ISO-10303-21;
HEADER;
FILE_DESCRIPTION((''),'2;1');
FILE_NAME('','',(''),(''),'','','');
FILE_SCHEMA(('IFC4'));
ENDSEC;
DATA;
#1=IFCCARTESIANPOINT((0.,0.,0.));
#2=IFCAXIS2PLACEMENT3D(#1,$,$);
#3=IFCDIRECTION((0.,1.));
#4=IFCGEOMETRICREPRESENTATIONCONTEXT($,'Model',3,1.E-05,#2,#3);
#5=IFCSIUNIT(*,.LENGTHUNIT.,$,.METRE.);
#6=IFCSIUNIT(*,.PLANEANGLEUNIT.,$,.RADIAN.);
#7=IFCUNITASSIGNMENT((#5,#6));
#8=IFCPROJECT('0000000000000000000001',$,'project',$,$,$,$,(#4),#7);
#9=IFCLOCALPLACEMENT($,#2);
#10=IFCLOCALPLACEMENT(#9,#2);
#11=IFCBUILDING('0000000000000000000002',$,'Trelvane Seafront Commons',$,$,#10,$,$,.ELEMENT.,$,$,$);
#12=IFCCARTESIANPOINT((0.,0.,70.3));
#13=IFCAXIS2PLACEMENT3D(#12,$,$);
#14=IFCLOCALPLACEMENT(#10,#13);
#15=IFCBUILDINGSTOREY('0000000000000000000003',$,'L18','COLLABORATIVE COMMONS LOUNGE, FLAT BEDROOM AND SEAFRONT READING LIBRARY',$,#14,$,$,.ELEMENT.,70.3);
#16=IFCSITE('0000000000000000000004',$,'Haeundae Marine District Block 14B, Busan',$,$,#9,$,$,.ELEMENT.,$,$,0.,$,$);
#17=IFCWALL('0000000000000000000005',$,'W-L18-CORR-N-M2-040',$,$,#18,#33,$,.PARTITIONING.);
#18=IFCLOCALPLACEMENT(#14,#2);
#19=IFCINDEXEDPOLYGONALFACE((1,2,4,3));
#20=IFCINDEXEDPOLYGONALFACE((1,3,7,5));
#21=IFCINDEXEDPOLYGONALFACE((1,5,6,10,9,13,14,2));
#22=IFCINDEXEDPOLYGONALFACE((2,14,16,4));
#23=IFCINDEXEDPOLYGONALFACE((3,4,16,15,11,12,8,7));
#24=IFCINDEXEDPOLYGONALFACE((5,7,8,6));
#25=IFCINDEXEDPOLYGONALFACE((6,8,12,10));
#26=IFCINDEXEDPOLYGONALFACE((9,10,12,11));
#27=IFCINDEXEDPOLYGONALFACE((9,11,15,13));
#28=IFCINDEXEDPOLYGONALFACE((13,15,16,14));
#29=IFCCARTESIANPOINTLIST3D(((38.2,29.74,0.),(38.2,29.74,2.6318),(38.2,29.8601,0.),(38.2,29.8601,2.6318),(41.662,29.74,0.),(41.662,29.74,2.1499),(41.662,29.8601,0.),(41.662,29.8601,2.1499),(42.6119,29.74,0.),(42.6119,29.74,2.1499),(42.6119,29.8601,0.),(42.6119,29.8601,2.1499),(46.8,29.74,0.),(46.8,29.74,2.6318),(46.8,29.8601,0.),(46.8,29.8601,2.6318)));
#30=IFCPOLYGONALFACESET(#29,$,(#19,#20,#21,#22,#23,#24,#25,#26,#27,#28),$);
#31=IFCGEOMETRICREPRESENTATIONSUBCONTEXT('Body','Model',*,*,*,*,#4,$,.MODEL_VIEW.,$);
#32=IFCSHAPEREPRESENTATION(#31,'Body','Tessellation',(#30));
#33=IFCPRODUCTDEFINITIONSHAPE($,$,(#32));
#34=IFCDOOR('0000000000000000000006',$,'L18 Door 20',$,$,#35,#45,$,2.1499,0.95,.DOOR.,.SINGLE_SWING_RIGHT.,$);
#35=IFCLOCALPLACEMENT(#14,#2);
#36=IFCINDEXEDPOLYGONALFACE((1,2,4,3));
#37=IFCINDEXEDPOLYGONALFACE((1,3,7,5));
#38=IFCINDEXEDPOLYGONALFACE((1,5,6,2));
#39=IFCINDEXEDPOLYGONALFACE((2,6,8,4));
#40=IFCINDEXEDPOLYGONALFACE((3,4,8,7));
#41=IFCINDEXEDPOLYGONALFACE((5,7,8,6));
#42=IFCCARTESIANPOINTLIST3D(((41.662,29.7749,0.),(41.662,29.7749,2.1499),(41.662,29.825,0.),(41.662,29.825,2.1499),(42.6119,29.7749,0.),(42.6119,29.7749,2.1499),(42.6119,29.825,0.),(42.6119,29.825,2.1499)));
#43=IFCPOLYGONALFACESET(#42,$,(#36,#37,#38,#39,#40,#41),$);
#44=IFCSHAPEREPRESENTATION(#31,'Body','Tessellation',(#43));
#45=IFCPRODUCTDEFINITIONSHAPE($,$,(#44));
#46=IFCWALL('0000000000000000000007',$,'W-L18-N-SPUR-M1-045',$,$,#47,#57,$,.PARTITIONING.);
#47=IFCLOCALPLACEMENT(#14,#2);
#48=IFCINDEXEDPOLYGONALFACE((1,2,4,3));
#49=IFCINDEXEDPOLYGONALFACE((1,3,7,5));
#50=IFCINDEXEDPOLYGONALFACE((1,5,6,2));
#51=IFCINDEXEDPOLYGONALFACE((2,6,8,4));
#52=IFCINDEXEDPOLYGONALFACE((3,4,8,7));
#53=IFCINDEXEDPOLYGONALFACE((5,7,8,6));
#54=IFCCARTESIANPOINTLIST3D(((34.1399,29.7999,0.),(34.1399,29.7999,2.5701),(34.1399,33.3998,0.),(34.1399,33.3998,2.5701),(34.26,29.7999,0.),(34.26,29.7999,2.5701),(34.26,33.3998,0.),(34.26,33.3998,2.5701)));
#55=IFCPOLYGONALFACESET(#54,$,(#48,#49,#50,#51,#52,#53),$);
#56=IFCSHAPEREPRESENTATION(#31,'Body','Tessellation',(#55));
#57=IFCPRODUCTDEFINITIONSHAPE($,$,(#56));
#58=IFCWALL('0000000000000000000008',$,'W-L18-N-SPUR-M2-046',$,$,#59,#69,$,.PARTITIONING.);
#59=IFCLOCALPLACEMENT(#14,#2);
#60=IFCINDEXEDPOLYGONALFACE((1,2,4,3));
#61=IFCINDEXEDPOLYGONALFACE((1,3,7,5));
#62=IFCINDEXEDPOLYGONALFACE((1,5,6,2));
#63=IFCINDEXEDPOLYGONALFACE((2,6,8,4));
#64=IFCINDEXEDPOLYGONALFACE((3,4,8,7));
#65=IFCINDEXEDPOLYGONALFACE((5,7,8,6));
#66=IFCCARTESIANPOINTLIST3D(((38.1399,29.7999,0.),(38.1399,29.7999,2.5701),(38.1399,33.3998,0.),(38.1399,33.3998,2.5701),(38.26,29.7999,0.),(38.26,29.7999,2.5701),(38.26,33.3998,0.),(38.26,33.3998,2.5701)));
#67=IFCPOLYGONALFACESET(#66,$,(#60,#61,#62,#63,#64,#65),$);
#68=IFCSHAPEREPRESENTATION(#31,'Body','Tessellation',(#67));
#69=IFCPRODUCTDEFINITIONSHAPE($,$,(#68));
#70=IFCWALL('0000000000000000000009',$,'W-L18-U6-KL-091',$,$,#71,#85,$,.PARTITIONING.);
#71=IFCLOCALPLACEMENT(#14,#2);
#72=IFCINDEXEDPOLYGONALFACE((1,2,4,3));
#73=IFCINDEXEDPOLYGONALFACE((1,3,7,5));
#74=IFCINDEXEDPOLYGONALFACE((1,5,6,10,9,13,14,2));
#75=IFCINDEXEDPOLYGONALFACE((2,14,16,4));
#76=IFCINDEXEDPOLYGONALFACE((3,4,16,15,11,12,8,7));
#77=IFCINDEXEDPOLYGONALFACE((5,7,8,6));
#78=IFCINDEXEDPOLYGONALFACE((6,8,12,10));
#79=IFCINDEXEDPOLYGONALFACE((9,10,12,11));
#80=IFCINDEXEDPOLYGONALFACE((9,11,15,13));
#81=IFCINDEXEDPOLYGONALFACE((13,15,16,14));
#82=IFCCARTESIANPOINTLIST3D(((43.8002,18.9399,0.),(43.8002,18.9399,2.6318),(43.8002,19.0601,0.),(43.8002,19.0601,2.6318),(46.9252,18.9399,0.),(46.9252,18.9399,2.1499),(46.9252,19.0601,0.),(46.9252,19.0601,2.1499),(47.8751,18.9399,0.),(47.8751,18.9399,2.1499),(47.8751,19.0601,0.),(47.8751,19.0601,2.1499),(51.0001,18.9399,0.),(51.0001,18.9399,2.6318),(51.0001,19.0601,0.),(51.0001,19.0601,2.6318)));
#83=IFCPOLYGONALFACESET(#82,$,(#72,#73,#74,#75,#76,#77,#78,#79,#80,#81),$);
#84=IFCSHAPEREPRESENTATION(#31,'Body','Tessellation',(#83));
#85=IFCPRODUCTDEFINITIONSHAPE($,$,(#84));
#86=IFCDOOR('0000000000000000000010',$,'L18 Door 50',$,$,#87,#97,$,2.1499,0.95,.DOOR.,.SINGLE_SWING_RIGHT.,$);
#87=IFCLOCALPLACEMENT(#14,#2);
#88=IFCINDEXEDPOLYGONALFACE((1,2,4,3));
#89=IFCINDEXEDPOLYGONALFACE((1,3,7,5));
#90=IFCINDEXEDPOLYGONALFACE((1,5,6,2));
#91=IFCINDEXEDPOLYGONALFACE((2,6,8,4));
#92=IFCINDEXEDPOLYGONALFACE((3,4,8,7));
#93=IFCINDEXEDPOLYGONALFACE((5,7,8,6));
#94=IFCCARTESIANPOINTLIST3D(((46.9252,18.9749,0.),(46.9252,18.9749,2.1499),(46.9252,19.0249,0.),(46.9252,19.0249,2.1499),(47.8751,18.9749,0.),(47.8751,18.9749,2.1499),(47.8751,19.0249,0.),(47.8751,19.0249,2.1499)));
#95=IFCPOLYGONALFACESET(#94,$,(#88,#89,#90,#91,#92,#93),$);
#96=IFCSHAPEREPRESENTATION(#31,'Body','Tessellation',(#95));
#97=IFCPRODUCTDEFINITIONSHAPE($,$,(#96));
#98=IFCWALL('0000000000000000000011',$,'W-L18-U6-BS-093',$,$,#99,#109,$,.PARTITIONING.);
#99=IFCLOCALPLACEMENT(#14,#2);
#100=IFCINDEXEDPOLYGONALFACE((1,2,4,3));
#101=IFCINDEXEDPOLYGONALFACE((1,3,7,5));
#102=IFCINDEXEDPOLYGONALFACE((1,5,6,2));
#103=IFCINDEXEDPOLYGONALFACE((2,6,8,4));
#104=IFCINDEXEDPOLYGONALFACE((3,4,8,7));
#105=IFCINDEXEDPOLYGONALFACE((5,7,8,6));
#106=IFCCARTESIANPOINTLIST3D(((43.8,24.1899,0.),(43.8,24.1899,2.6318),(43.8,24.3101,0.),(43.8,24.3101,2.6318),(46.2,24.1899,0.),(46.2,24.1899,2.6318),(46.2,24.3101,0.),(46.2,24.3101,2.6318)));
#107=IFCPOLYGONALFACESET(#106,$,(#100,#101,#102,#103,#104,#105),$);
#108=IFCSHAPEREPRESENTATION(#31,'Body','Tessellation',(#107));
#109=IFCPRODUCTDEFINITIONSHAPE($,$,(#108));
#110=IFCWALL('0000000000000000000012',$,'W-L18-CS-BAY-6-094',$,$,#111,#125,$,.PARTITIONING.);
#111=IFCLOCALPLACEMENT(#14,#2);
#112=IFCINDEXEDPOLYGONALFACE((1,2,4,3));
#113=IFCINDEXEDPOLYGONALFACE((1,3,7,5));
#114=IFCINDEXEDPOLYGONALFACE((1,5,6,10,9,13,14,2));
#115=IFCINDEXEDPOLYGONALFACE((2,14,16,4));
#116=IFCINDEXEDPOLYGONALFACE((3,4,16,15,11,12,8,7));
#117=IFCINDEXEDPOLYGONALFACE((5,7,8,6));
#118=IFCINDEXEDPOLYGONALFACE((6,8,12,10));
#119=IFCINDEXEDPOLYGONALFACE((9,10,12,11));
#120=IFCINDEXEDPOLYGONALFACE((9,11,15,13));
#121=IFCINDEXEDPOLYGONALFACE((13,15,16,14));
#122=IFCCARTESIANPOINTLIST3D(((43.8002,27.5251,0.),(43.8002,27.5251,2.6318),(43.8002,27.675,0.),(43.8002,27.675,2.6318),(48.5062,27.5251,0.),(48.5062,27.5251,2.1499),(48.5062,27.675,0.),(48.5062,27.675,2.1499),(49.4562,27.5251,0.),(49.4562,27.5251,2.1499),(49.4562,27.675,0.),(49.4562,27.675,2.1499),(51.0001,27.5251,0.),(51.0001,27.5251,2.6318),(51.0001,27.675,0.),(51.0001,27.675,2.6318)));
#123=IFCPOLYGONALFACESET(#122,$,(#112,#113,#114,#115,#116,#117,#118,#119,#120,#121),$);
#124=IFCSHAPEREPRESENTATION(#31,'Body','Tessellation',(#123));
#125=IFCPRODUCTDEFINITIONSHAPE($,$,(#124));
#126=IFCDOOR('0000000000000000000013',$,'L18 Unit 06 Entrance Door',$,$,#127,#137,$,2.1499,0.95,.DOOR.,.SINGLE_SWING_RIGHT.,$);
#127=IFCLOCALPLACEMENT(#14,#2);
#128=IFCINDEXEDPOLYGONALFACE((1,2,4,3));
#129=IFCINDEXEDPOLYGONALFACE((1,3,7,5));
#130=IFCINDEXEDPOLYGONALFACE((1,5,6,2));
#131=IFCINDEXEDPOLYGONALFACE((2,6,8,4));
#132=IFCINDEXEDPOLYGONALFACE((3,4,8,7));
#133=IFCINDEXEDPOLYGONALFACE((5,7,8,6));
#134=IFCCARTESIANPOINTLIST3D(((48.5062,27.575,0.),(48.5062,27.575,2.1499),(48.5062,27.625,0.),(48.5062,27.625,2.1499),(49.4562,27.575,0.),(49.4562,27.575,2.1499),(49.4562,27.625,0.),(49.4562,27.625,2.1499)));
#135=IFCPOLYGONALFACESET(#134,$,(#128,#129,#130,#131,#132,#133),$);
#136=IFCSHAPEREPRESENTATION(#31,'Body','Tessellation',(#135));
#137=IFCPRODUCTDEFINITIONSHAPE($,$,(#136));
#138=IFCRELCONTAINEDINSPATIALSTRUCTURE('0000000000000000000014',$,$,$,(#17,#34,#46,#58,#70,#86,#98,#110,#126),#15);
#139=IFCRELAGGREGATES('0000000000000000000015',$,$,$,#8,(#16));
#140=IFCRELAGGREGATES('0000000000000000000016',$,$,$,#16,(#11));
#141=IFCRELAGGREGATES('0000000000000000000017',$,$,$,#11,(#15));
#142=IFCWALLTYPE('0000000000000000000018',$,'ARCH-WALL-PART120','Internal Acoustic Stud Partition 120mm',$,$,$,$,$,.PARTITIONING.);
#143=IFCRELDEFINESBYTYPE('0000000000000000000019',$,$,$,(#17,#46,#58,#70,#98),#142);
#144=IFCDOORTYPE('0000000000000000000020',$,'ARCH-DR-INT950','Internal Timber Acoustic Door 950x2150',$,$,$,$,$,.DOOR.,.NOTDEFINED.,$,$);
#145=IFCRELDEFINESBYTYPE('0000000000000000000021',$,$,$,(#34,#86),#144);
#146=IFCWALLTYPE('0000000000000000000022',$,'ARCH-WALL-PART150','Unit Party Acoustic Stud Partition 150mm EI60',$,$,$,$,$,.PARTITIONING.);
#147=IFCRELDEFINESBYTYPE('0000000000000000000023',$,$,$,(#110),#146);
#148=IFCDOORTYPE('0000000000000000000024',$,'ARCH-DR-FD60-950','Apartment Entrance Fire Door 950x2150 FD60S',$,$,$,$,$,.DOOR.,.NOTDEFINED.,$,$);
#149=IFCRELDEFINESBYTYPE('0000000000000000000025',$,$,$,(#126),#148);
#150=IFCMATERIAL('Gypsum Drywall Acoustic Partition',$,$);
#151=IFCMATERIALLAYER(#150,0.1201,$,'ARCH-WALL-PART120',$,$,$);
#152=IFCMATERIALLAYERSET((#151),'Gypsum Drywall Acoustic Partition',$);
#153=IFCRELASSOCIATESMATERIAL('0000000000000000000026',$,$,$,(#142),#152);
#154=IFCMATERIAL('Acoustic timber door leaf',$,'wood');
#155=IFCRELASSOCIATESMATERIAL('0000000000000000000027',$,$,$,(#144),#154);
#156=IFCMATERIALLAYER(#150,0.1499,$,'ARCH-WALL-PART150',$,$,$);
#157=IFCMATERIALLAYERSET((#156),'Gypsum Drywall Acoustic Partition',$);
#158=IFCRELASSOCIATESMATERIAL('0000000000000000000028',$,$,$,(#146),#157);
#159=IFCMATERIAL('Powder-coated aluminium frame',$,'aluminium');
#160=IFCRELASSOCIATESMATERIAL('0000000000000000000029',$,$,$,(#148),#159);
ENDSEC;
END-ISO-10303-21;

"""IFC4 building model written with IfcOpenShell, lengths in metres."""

from ifc_helpers import new_model, si_unit, direction, frame, frame_2d, origin, place, context, subcontext, project, spatial, rectangle, extrude, source, transform, mapped, material, layer, layer_set, type_object, element, fill, save


model = new_model("IFC4")

# Units and contexts
model_context = context("Model", 3, precision=1e-05, world=origin(), true_north=direction((0.0, 1.0)))
body_context = subcontext(model_context, "Body", "Model", "MODEL_VIEW")
ifc_project = project(units=[si_unit("LENGTHUNIT", "METRE"), si_unit("PLANEANGLEUNIT", "RADIAN")], contexts=[model_context])

# Site, building, storey
site_placement = place(None, origin())
site = spatial("IfcSite", under=ifc_project, at=site_placement, Name="Haeundae Marine District Block 14B, Busan", CompositionType="ELEMENT", RefElevation=0.0)
building_placement = place(site_placement, origin())
building = spatial("IfcBuilding", under=site, at=building_placement, Name="Trelvane Seafront Commons", CompositionType="ELEMENT")
storey_placement = place(building_placement, frame((0.0, 0.0, 70.3)))
storey = spatial("IfcBuildingStorey", under=building, at=storey_placement, Name="L18", Description="COLLABORATIVE COMMONS LOUNGE, FLAT BEDROOM AND SEAFRONT READING LIBRARY", CompositionType="ELEMENT", Elevation=70.3)

# Wall, opening, door
ifc_material_1 = material(Name="Gypsum Drywall Acoustic Partition")
ifc_layer_1 = layer(ifc_material_1, 0.1201, Name="ARCH-WALL-PART120")
ifc_layer_set_1 = layer_set([ifc_layer_1], Name="Gypsum Drywall Acoustic Partition")
wall_type_1 = type_object("IfcWallType", Name="ARCH-WALL-PART120", Description="Internal Acoustic Stud Partition 120mm", PredefinedType="PARTITIONING", material=ifc_layer_set_1)
wall_1_placement = place(storey_placement, frame((38.2, 29.8, 0.0), z_axis=(0.0, 0.0, 1.0), x_axis=(1.0, 0.0, 0.0)))
wall_1 = element("IfcWall", 1, at=wall_1_placement, inside=storey, type_object=wall_type_1, Name="W-L18-CORR-N-M2-040", PredefinedType="PARTITIONING", context=body_context, shape_type="SweptSolid", body=[
    extrude(rectangle(XDim=8.6001, YDim=0.1201, at=frame_2d((4.3, 0.0))), origin(), (0.0, 0.0, 1.0), 2.6318),
])
opening_1_placement = place(wall_1_placement, frame((3.4619, 0.0, 0.0)))
opening_1 = element("IfcOpeningElement", 2, at=opening_1_placement, cuts=wall_1, PredefinedType="OPENING", context=body_context, shape_type="SweptSolid", body=[
    extrude(rectangle(XDim=0.95, YDim=2.1499, at=frame_2d((0.4751, 1.075))), frame((0.0, 0.0701, 0.0), z_axis=(0.0, -1.0, 0.0), x_axis=(1.0, 0.0, 0.0)), (0.0, 0.0, 1.0), 0.1401),
])
ifc_material_2 = material(Name="Acoustic timber door leaf", Category="wood")
door_type_1 = type_object("IfcDoorType", Name="ARCH-DR-INT950", Description="Internal Timber Acoustic Door 950x2150", OperationType="NOTDEFINED", PredefinedType="DOOR", material=ifc_material_2)
shared_shape_1 = source(origin(), body_context, "Body", "SweptSolid", [
    extrude(rectangle(XDim=0.95, YDim=2.1499, at=frame_2d((0.4751, 1.075))), frame((0.0, 0.0249, 0.0), z_axis=(0.0, -1.0, 0.0), x_axis=(1.0, 0.0, 0.0)), (0.0, 0.0, 1.0), 0.05),
])
door_1_placement = place(opening_1_placement, origin())
door_1 = element("IfcDoor", 3, at=door_1_placement, inside=storey, type_object=door_type_1, Name="L18 Door 20", OperationType="SINGLE_SWING_RIGHT", OverallHeight=2.1499, OverallWidth=0.95, PredefinedType="DOOR", context=body_context, shape_type="MappedRepresentation", body=[
    mapped(shared_shape_1, transform((0.0, 0.0, 0.0), x_axis=(1.0, 0.0, 0.0), y_axis=(0.0, 1.0, 0.0), z_axis=(0.0, 0.0, 1.0), scale=1.0)),
])
fill(opening_1, door_1)

# Walls
for number, where, z_axis, x_axis, name in (
    (4, (34.2, 29.8, 0.0), (0.0, 0.0, 1.0), (0.0, 1.0, 0.0), "W-L18-N-SPUR-M1-045"),
    (5, (38.2, 29.8, 0.0), (0.0, 0.0, 1.0), (0.0, 1.0, 0.0), "W-L18-N-SPUR-M2-046"),
):
    element("IfcWall", number, at=place(storey_placement, frame(where, z_axis=z_axis, x_axis=x_axis)), inside=storey, type_object=wall_type_1, Name=name, PredefinedType="PARTITIONING", context=body_context, shape_type="SweptSolid", body=[
        extrude(rectangle(XDim=3.5999, YDim=0.1201, at=frame_2d((1.7998, 0.0))), origin(), (0.0, 0.0, 1.0), 2.5701),
    ])

# Wall, opening, door
wall_2_placement = place(storey_placement, frame((43.8, 19.0, 0.0), z_axis=(0.0, 0.0, 1.0), x_axis=(1.0, 0.0, 0.0)))
wall_2 = element("IfcWall", 6, at=wall_2_placement, inside=storey, type_object=wall_type_1, Name="W-L18-U6-KL-091", PredefinedType="PARTITIONING", context=body_context, shape_type="SweptSolid", body=[
    extrude(rectangle(XDim=7.2, YDim=0.1201, at=frame_2d((3.6001, 0.0))), origin(), (0.0, 0.0, 1.0), 2.6318),
])
opening_2_placement = place(wall_2_placement, frame((3.125, 0.0, 0.0)))
opening_2 = element("IfcOpeningElement", 7, at=opening_2_placement, cuts=wall_2, PredefinedType="OPENING", context=body_context, shape_type="SweptSolid", body=[
    extrude(rectangle(XDim=0.95, YDim=2.1499, at=frame_2d((0.4751, 1.075))), frame((0.0, 0.0701, 0.0), z_axis=(0.0, -1.0, 0.0), x_axis=(1.0, 0.0, 0.0)), (0.0, 0.0, 1.0), 0.1401),
])
door_2_placement = place(opening_2_placement, origin())
door_2 = element("IfcDoor", 8, at=door_2_placement, inside=storey, type_object=door_type_1, Name="L18 Door 50", OperationType="SINGLE_SWING_RIGHT", OverallHeight=2.1499, OverallWidth=0.95, PredefinedType="DOOR", context=body_context, shape_type="MappedRepresentation", body=[
    mapped(shared_shape_1, transform((0.0, 0.0, 0.0), x_axis=(1.0, 0.0, 0.0), y_axis=(0.0, 1.0, 0.0), z_axis=(0.0, 0.0, 1.0), scale=1.0)),
])
fill(opening_2, door_2)

# Wall
wall_3_placement = place(storey_placement, frame((43.8, 24.25, 0.0), z_axis=(0.0, 0.0, 1.0), x_axis=(1.0, 0.0, 0.0)))
element("IfcWall", 9, at=wall_3_placement, inside=storey, type_object=wall_type_1, Name="W-L18-U6-BS-093", PredefinedType="PARTITIONING", context=body_context, shape_type="SweptSolid", body=[
    extrude(rectangle(XDim=2.3999, YDim=0.1201, at=frame_2d((1.2, 0.0))), origin(), (0.0, 0.0, 1.0), 2.6318),
])

# Wall, opening, door
ifc_layer_2 = layer(ifc_material_1, 0.1499, Name="ARCH-WALL-PART150")
ifc_layer_set_2 = layer_set([ifc_layer_2], Name="Gypsum Drywall Acoustic Partition")
wall_type_2 = type_object("IfcWallType", Name="ARCH-WALL-PART150", Description="Unit Party Acoustic Stud Partition 150mm EI60", PredefinedType="PARTITIONING", material=ifc_layer_set_2)
wall_4_placement = place(storey_placement, frame((43.8, 27.6001, 0.0), z_axis=(0.0, 0.0, 1.0), x_axis=(1.0, 0.0, 0.0)))
wall_4 = element("IfcWall", 10, at=wall_4_placement, inside=storey, type_object=wall_type_2, Name="W-L18-CS-BAY-6-094", PredefinedType="PARTITIONING", context=body_context, shape_type="SweptSolid", body=[
    extrude(rectangle(XDim=7.2, YDim=0.1499, at=frame_2d((3.6001, 0.0))), origin(), (0.0, 0.0, 1.0), 2.6318),
])
opening_3_placement = place(wall_4_placement, frame((4.7061, 0.0, 0.0)))
opening_3 = element("IfcOpeningElement", 11, at=opening_3_placement, cuts=wall_4, PredefinedType="OPENING", context=body_context, shape_type="SweptSolid", body=[
    extrude(rectangle(XDim=0.95, YDim=2.1499, at=frame_2d((0.4751, 1.075))), frame((0.0, 0.085, 0.0), z_axis=(0.0, -1.0, 0.0), x_axis=(1.0, 0.0, 0.0)), (0.0, 0.0, 1.0), 0.1699),
])
ifc_material_3 = material(Name="Powder-coated aluminium frame", Category="aluminium")
door_type_2 = type_object("IfcDoorType", Name="ARCH-DR-FD60-950", Description="Apartment Entrance Fire Door 950x2150 FD60S", OperationType="NOTDEFINED", PredefinedType="DOOR", material=ifc_material_3)
door_3_placement = place(opening_3_placement, origin())
door_3 = element("IfcDoor", 12, at=door_3_placement, inside=storey, type_object=door_type_2, Name="L18 Unit 06 Entrance Door", OperationType="SINGLE_SWING_RIGHT", OverallHeight=2.1499, OverallWidth=0.95, PredefinedType="DOOR", context=body_context, shape_type="MappedRepresentation", body=[
    mapped(shared_shape_1, transform((0.0, 0.0, 0.0), x_axis=(1.0, 0.0, 0.0), y_axis=(0.0, 1.0, 0.0), z_axis=(0.0, 0.0, 1.0), scale=1.0)),
])
fill(opening_3, door_3)

save(model, "model.ifc")
